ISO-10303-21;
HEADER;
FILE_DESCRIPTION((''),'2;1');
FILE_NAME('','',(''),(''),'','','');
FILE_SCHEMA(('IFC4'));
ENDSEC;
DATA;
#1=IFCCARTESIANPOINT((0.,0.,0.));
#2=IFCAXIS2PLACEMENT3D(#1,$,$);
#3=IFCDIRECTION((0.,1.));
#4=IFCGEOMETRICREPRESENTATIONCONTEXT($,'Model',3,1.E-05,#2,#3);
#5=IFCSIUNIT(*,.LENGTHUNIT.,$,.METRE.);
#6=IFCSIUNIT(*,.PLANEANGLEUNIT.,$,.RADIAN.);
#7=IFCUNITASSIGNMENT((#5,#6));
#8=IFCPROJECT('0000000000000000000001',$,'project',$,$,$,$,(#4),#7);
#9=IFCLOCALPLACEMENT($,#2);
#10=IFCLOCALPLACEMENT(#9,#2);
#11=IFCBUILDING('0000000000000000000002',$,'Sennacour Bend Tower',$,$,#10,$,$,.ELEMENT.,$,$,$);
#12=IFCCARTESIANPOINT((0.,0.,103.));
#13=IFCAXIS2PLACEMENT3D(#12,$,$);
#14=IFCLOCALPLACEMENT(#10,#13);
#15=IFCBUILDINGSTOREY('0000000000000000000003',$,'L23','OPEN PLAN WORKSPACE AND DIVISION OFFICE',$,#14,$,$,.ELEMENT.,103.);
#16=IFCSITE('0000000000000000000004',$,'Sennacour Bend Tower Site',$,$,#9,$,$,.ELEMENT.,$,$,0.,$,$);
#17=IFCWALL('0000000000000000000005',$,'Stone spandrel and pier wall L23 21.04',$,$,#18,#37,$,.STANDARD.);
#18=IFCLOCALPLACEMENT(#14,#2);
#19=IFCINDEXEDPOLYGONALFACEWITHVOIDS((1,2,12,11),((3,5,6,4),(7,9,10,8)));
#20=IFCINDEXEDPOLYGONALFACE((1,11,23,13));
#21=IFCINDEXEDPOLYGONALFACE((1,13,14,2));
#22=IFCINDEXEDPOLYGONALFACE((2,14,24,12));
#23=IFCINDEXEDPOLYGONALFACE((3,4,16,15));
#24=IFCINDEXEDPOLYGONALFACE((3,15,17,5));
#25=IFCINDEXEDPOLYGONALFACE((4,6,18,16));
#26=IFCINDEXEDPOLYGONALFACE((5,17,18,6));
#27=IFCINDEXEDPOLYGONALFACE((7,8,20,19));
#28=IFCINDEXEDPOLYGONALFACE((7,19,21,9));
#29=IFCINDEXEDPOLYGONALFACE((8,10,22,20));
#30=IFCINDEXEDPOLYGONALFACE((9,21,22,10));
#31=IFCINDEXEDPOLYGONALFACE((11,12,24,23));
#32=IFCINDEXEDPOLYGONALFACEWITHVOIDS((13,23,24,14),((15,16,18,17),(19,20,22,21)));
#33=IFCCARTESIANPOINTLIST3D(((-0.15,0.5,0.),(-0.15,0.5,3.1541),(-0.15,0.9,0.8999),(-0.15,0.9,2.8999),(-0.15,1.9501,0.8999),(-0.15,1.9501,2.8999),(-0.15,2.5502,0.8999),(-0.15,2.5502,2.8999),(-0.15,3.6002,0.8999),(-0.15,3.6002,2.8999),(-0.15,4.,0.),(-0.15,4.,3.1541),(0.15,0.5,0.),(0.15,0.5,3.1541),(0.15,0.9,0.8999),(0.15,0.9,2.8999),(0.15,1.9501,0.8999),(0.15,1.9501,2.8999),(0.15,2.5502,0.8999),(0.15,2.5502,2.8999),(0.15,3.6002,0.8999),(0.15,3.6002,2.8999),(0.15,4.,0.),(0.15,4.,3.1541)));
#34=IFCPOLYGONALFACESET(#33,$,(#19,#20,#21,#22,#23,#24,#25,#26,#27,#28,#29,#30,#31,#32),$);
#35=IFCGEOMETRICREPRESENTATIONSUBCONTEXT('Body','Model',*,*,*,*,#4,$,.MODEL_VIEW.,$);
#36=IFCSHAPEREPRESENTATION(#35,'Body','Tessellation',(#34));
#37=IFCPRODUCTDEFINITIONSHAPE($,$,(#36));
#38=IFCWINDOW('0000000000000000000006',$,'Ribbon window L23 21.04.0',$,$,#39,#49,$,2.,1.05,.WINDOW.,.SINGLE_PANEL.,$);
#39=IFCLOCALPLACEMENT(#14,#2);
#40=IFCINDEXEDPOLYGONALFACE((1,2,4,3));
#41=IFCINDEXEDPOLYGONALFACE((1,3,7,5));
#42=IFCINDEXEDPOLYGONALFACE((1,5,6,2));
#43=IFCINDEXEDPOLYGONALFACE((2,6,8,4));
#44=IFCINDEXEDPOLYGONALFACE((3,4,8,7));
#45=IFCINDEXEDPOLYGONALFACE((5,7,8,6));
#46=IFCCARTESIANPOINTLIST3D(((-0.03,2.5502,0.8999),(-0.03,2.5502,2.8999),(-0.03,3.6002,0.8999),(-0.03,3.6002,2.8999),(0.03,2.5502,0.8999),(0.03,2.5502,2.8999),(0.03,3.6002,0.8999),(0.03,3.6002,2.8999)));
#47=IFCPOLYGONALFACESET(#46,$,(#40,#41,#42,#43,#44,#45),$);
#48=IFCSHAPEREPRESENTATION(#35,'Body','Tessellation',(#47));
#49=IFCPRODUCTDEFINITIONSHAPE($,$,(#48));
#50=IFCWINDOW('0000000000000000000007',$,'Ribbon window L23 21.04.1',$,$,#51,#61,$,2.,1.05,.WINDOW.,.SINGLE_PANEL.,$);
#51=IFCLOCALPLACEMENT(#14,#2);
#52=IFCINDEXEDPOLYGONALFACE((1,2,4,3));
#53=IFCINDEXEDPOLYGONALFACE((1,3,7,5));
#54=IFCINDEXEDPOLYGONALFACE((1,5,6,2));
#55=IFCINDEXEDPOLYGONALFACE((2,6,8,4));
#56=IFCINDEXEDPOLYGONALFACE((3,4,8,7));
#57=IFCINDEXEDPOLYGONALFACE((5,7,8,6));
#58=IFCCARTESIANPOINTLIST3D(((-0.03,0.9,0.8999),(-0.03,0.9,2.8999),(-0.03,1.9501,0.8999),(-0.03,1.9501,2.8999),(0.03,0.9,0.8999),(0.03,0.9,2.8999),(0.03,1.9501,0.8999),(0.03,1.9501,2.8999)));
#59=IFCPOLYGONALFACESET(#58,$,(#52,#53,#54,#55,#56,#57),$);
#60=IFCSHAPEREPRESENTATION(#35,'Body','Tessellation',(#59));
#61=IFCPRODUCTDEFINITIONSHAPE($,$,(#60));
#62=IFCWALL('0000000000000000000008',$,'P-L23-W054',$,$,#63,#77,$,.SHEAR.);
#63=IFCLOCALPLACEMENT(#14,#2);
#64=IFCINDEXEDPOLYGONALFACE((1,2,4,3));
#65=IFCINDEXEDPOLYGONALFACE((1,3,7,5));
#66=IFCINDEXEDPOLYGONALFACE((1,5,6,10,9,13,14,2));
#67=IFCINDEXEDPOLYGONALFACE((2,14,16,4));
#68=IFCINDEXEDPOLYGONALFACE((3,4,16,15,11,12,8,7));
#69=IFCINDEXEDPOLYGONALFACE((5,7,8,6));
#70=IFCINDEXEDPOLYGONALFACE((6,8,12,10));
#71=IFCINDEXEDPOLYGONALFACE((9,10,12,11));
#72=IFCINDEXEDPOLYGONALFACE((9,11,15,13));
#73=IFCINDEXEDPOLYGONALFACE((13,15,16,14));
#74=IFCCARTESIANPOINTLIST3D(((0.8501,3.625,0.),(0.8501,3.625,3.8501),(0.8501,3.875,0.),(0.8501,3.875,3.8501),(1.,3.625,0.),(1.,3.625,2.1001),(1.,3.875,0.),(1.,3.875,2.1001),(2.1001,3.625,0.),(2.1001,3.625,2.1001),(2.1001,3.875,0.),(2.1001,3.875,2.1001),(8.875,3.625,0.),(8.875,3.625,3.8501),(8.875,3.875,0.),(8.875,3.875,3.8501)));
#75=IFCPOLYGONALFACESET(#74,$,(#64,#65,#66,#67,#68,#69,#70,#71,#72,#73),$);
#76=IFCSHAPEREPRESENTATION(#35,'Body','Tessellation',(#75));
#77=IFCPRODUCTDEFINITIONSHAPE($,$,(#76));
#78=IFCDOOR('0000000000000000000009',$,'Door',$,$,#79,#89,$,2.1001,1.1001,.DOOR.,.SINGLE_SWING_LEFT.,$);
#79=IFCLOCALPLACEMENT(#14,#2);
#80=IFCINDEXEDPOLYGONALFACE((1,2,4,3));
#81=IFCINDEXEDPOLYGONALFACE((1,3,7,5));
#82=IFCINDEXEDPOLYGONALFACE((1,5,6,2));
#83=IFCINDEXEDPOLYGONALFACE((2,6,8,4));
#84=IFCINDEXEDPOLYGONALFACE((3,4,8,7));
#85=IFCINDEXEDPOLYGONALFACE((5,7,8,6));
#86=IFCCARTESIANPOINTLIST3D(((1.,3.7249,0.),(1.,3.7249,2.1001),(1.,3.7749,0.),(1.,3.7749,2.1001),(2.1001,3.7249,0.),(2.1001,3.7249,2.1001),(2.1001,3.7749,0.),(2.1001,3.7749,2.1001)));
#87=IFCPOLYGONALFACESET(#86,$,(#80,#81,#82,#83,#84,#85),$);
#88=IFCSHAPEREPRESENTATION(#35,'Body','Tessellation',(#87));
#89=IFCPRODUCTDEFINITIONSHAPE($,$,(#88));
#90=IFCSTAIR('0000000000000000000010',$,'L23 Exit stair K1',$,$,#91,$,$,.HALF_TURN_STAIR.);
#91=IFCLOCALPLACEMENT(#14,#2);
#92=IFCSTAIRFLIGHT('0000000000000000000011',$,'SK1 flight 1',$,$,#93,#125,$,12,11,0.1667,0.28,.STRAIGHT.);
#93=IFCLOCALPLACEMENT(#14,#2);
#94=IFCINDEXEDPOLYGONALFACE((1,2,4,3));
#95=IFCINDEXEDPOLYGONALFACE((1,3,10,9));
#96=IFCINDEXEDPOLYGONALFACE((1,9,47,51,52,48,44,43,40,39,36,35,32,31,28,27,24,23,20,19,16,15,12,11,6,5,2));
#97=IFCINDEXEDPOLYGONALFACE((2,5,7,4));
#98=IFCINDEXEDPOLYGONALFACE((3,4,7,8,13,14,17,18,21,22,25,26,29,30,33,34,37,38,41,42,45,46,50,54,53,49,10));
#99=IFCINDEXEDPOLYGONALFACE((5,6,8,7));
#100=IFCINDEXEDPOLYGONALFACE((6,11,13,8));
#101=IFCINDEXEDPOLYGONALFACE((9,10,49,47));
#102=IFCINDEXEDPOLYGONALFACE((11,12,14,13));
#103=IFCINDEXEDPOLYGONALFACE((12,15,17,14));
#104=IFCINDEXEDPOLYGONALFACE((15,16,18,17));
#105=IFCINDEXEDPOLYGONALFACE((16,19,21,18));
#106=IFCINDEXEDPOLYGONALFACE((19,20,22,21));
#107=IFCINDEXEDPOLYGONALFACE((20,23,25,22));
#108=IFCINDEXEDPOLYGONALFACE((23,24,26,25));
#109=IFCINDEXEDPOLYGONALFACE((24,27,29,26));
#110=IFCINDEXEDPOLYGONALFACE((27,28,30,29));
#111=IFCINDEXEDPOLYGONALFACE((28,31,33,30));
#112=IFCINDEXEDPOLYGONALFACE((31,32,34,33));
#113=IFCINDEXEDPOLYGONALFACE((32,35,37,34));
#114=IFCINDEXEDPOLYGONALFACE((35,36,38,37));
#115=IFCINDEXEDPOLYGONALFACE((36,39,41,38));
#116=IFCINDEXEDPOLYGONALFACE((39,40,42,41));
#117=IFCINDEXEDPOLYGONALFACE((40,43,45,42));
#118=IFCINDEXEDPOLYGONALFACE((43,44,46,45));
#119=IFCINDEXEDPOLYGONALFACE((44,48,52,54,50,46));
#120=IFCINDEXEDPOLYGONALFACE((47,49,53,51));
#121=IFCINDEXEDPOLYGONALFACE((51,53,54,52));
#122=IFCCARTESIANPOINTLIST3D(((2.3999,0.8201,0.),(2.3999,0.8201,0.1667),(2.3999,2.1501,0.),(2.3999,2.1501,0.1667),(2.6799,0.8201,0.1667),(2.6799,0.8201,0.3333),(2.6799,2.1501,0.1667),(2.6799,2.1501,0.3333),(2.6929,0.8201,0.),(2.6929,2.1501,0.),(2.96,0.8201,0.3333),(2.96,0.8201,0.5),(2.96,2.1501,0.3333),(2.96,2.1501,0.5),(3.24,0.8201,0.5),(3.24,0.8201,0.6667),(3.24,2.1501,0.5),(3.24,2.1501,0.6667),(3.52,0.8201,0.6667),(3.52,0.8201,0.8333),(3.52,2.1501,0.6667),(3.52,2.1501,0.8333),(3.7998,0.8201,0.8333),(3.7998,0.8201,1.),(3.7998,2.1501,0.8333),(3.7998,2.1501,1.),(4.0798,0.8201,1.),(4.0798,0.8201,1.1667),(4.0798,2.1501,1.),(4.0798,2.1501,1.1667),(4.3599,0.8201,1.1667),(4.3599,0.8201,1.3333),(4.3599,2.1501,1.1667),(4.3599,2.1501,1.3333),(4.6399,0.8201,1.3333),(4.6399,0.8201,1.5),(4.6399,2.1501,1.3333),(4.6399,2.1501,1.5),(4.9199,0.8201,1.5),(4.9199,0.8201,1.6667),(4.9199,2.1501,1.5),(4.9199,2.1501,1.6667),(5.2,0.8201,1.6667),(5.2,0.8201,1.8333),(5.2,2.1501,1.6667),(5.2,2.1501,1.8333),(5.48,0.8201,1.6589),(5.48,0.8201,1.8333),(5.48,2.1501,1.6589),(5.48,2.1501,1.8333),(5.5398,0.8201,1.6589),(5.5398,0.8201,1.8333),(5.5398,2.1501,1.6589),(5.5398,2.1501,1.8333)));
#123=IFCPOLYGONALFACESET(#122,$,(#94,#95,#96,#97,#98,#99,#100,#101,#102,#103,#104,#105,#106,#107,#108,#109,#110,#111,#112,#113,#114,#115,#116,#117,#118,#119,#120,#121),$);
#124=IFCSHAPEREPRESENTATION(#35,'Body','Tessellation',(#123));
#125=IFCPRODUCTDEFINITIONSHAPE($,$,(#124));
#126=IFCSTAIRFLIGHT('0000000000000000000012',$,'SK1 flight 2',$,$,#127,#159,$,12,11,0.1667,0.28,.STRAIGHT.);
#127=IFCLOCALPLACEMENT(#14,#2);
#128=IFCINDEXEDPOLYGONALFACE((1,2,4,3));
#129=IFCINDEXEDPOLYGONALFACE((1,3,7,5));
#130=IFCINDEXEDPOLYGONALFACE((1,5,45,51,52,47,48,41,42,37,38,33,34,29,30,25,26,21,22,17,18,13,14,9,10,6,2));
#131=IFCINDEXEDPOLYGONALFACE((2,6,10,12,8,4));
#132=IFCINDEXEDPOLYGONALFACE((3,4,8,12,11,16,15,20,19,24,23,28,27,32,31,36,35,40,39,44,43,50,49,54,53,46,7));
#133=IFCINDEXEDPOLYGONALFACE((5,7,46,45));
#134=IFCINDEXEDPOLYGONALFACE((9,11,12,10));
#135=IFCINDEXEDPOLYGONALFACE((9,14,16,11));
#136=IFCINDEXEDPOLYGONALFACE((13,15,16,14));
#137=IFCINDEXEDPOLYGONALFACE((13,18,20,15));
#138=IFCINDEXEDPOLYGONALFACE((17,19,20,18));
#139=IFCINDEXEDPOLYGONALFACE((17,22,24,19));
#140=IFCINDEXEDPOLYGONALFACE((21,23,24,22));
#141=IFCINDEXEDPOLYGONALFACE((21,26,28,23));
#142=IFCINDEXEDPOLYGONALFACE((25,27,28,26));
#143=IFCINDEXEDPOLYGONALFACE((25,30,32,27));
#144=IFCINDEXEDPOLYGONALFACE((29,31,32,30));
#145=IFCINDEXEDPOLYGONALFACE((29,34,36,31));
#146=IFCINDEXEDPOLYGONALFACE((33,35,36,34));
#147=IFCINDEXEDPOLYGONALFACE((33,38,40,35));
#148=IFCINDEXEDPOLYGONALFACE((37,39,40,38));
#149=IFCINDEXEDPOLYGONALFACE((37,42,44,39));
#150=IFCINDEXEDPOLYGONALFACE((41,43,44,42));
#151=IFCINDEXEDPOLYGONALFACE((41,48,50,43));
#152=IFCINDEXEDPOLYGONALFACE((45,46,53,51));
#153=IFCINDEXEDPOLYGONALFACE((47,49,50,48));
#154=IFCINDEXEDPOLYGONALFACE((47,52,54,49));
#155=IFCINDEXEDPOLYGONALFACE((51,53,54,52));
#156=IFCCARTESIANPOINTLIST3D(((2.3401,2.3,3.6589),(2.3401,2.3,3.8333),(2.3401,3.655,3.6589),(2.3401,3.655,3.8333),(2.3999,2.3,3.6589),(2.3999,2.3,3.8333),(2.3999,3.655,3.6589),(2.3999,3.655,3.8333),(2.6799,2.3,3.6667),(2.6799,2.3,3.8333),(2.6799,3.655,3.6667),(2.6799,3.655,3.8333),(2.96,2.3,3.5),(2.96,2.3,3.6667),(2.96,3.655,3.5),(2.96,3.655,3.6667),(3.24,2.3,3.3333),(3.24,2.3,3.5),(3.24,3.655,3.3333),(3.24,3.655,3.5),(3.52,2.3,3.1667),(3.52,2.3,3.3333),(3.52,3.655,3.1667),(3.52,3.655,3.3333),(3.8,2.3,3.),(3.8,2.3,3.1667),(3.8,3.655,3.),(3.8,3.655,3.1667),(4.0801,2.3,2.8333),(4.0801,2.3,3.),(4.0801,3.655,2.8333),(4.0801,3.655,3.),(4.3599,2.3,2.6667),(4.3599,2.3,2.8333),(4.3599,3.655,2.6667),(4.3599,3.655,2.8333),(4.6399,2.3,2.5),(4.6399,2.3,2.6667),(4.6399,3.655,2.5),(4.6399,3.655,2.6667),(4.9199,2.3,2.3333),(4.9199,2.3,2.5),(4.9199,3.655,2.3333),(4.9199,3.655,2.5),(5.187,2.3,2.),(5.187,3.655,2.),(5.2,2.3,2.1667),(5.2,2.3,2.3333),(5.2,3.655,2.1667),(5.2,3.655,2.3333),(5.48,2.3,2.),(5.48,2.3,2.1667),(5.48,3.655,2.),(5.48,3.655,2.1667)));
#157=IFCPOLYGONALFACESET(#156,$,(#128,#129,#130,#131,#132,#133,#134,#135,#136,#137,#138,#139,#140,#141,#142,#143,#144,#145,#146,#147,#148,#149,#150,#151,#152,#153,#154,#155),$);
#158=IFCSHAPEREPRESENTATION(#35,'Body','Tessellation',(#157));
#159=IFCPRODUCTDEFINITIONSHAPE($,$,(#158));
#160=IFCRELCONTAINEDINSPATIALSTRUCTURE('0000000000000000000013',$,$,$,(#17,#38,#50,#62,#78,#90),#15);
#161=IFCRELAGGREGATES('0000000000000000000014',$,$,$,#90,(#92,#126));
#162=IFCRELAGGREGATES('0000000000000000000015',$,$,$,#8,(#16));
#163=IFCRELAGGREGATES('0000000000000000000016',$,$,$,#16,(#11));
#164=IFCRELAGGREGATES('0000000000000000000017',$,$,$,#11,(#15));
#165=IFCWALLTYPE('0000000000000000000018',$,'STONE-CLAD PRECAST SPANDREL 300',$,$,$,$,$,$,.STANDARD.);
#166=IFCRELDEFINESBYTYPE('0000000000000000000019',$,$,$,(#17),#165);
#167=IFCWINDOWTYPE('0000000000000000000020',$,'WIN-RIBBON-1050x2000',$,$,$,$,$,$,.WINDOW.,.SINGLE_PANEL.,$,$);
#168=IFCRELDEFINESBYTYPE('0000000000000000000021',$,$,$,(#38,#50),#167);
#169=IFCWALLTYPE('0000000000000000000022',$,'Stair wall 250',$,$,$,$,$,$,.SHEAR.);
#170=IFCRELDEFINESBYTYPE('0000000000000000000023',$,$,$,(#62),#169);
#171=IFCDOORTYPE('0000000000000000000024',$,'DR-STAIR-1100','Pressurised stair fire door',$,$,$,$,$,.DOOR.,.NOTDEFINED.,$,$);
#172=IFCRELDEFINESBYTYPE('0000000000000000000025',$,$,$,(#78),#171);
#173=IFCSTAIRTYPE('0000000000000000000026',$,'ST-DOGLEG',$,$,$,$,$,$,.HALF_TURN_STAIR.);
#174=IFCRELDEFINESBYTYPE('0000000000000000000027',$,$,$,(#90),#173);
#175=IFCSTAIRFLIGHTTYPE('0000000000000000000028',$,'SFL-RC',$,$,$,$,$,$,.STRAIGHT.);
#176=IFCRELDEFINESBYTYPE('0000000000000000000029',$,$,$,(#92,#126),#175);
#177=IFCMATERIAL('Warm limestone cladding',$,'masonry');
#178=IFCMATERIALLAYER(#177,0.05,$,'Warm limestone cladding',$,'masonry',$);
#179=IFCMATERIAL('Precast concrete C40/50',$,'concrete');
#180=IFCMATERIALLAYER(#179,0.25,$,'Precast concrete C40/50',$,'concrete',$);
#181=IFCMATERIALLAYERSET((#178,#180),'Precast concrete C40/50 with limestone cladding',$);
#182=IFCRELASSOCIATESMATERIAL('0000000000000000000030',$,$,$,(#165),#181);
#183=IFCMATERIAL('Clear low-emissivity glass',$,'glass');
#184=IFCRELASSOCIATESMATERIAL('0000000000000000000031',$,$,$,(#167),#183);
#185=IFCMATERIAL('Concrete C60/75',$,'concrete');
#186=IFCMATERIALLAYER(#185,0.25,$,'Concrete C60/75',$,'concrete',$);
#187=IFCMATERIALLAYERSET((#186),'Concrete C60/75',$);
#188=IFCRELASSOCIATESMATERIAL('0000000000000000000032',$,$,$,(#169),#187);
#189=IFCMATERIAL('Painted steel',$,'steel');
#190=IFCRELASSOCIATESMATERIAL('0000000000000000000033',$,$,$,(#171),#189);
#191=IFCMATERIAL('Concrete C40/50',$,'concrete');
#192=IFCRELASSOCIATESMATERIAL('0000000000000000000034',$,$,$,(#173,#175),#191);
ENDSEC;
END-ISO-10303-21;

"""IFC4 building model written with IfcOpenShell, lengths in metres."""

from ifc_helpers import new_model, si_unit, direction, frame, frame_2d, origin, place, context, subcontext, project, spatial, polyline, rectangle, outline, extrude, material, layer, layer_set, type_object, element, fill, aggregate, save


model = new_model("IFC4")

# Units and contexts
model_context = context("Model", 3, precision=1e-05, world=origin(), true_north=direction((0.0, 1.0)))
body_context = subcontext(model_context, "Body", "Model", "MODEL_VIEW")
ifc_project = project(units=[si_unit("LENGTHUNIT", "METRE"), si_unit("PLANEANGLEUNIT", "RADIAN")], contexts=[model_context])

# Site, building, storey
site_placement = place(None, origin())
site = spatial("IfcSite", under=ifc_project, at=site_placement, Name="Sennacour Bend Tower Site", CompositionType="ELEMENT", RefElevation=0.0)
building_placement = place(site_placement, origin())
building = spatial("IfcBuilding", under=site, at=building_placement, Name="Sennacour Bend Tower", CompositionType="ELEMENT")
storey_placement = place(building_placement, frame((0.0, 0.0, 103.0)))
storey = spatial("IfcBuildingStorey", under=building, at=storey_placement, Name="L23", Description="OPEN PLAN WORKSPACE AND DIVISION OFFICE", CompositionType="ELEMENT", Elevation=103.0)

# Shared definitions
ifc_material_1 = material(Name="Painted steel", Category="steel")

# Wall, openings, windows
ifc_material_2 = material(Name="Warm limestone cladding", Category="masonry")
ifc_layer_1 = layer(ifc_material_2, 0.05, Name="Warm limestone cladding", Category="masonry")
ifc_material_3 = material(Name="Precast concrete C40/50", Category="concrete")
ifc_layer_2 = layer(ifc_material_3, 0.25, Name="Precast concrete C40/50", Category="concrete")
ifc_layer_set_1 = layer_set([ifc_layer_1, ifc_layer_2], Name="Precast concrete C40/50 with limestone cladding")
wall_type_1 = type_object("IfcWallType", Name="STONE-CLAD PRECAST SPANDREL 300", PredefinedType="STANDARD", material=ifc_layer_set_1)
wall_1_placement = place(storey_placement, frame((0.0, 4.0, 0.0), z_axis=(0.0, 0.0, 1.0), x_axis=(0.0, -1.0, 0.0)))
wall_1 = element("IfcWall", 1, at=wall_1_placement, inside=storey, type_object=wall_type_1, Name="Stone spandrel and pier wall L23 21.04", PredefinedType="STANDARD", context=body_context, shape_type="SweptSolid", body=[
    extrude(rectangle(XDim=3.5, YDim=0.3, at=frame_2d((1.75, 0.0))), origin(), (0.0, 0.0, 1.0), 3.1541),
])
opening_1_placement = place(wall_1_placement, frame((0.3999, 0.0, 0.8999)))
opening_1 = element("IfcOpeningElement", 2, at=opening_1_placement, cuts=wall_1, PredefinedType="OPENING", context=body_context, shape_type="SweptSolid", body=[
    extrude(rectangle(XDim=1.05, YDim=2.0, at=frame_2d((0.5249, 1.0))), frame((0.0, 0.1602, 0.0), z_axis=(0.0, -1.0, 0.0), x_axis=(1.0, 0.0, 0.0)), (0.0, 0.0, 1.0), 0.3201),
])
opening_2_placement = place(wall_1_placement, frame((2.05, 0.0, 0.8999)))
opening_2 = element("IfcOpeningElement", 3, at=opening_2_placement, cuts=wall_1, PredefinedType="OPENING", context=body_context, shape_type="SweptSolid", body=[
    extrude(rectangle(XDim=1.05, YDim=2.0, at=frame_2d((0.5249, 1.0))), frame((0.0, 0.1602, 0.0), z_axis=(0.0, -1.0, 0.0), x_axis=(1.0, 0.0, 0.0)), (0.0, 0.0, 1.0), 0.3201),
])
ifc_material_4 = material(Name="Clear low-emissivity glass", Category="glass")
window_type = type_object("IfcWindowType", Name="WIN-RIBBON-1050x2000", PartitioningType="SINGLE_PANEL", PredefinedType="WINDOW", material=ifc_material_4)
window_1_placement = place(opening_1_placement, origin())
window_1 = element("IfcWindow", 4, at=window_1_placement, inside=storey, type_object=window_type, Name="Ribbon window L23 21.04.0", OverallHeight=2.0, OverallWidth=1.05, PartitioningType="SINGLE_PANEL", PredefinedType="WINDOW", context=body_context, shape_type="SweptSolid", body=[
    extrude(rectangle(XDim=1.05, YDim=2.0, at=frame_2d((0.5249, 1.0))), frame((0.0, 0.03, 0.0), z_axis=(0.0, -1.0, 0.0), x_axis=(1.0, 0.0, 0.0)), (0.0, 0.0, 1.0), 0.0601),
])
fill(opening_1, window_1)
window_2_placement = place(opening_2_placement, origin())
window_2 = element("IfcWindow", 5, at=window_2_placement, inside=storey, type_object=window_type, Name="Ribbon window L23 21.04.1", OverallHeight=2.0, OverallWidth=1.05, PartitioningType="SINGLE_PANEL", PredefinedType="WINDOW", context=body_context, shape_type="SweptSolid", body=[
    extrude(rectangle(XDim=1.05, YDim=2.0, at=frame_2d((0.5249, 1.0))), frame((0.0, 0.03, 0.0), z_axis=(0.0, -1.0, 0.0), x_axis=(1.0, 0.0, 0.0)), (0.0, 0.0, 1.0), 0.0601),
])
fill(opening_2, window_2)

# Wall, opening, door
ifc_material_5 = material(Name="Concrete C60/75", Category="concrete")
ifc_layer_3 = layer(ifc_material_5, 0.25, Name="Concrete C60/75", Category="concrete")
ifc_layer_set_2 = layer_set([ifc_layer_3], Name="Concrete C60/75")
wall_type_2 = type_object("IfcWallType", Name="Stair wall 250", PredefinedType="SHEAR", material=ifc_layer_set_2)
wall_2_placement = place(storey_placement, frame((0.8501, 3.75, 0.0), z_axis=(0.0, 0.0, 1.0), x_axis=(1.0, 0.0, 0.0)))
wall_2 = element("IfcWall", 6, at=wall_2_placement, inside=storey, type_object=wall_type_2, Name="P-L23-W054", PredefinedType="SHEAR", context=body_context, shape_type="SweptSolid", body=[
    extrude(rectangle(XDim=8.0249, YDim=0.25, at=frame_2d((4.0125, 0.0))), origin(), (0.0, 0.0, 1.0), 3.8501),
])
opening_3_placement = place(wall_2_placement, frame((0.1499, 0.0, 0.0)))
opening_3 = element("IfcOpeningElement", 7, at=opening_3_placement, cuts=wall_2, PredefinedType="OPENING", context=body_context, shape_type="SweptSolid", body=[
    extrude(rectangle(XDim=1.1001, YDim=2.1001, at=frame_2d((0.55, 1.05))), frame((0.0, 0.135, 0.0), z_axis=(0.0, -1.0, 0.0), x_axis=(1.0, 0.0, 0.0)), (0.0, 0.0, 1.0), 0.27),
])
door_type_1 = type_object("IfcDoorType", Name="DR-STAIR-1100", Description="Pressurised stair fire door", OperationType="NOTDEFINED", PredefinedType="DOOR", material=ifc_material_1)
door_1_placement = place(opening_3_placement, origin())
door_1 = element("IfcDoor", 8, at=door_1_placement, inside=storey, type_object=door_type_1, Name="Door", OperationType="SINGLE_SWING_LEFT", OverallHeight=2.1001, OverallWidth=1.1001, PredefinedType="DOOR", context=body_context, shape_type="SweptSolid", body=[
    extrude(rectangle(XDim=1.1001, YDim=2.1001, at=frame_2d((0.55, 1.05))), frame((0.0, 0.0249, 0.0), z_axis=(0.0, -1.0, 0.0), x_axis=(1.0, 0.0, 0.0)), (0.0, 0.0, 1.0), 0.05),
])
fill(opening_3, door_1)

# Stair, stair flights
ifc_material_6 = material(Name="Concrete C40/50", Category="concrete")
stair_type = type_object("IfcStairType", Name="ST-DOGLEG", PredefinedType="HALF_TURN_STAIR", material=ifc_material_6)
stair_placement = place(storey_placement, origin())
stair = element("IfcStair", 9, at=stair_placement, inside=storey, type_object=stair_type, Name="L23 Exit stair K1", PredefinedType="HALF_TURN_STAIR")
stair_flight_type = type_object("IfcStairFlightType", Name="SFL-RC", PredefinedType="STRAIGHT", material=ifc_material_6)
stair_flight_1_placement = place(storey_placement, frame((2.3999, 1.4851, 0.0), z_axis=(0.0, 0.0, 1.0), x_axis=(1.0, 0.0, 0.0)))
stair_flight_1 = element("IfcStairFlight", 10, at=stair_flight_1_placement, type_object=stair_flight_type, Name="SK1 flight 1", NumberOfRisers=12, NumberOfTreads=11, PredefinedType="STRAIGHT", RiserHeight=0.1667, TreadLength=0.28, context=body_context, shape_type="SweptSolid", body=[
    extrude(outline(polyline([(0.0, 0.0), (0.0, 0.1667), (0.28, 0.1667), (0.28, 0.3333), (0.5601, 0.3333), (0.5601, 0.5), (0.8401, 0.5), (0.8401, 0.6667), (1.1201, 0.6667), (1.1201, 0.8333), (1.3999, 0.8333), (1.3999, 1.0), (1.6799, 1.0), (1.6799, 1.1667), (1.96, 1.1667), (1.96, 1.3333), (2.24, 1.3333), (2.24, 1.5), (2.52, 1.5), (2.52, 1.6667), (2.8, 1.6667), (2.8, 1.8333), (3.0801, 1.8333), (3.1399, 1.8333), (3.1399, 1.6589), (3.0801, 1.6589), (0.293, 0.0), (0.0, 0.0)])), frame((0.0, 0.665, 0.0), z_axis=(0.0, -1.0, 0.0), x_axis=(1.0, 0.0, 0.0)), (0.0, 0.0, 1.0), 1.3301),
])
stair_flight_2_placement = place(storey_placement, frame((5.48, 2.9775, 2.0), z_axis=(0.0, 0.0, 1.0), x_axis=(-1.0, 0.0, 0.0)))
stair_flight_2 = element("IfcStairFlight", 11, at=stair_flight_2_placement, type_object=stair_flight_type, Name="SK1 flight 2", NumberOfRisers=12, NumberOfTreads=11, PredefinedType="STRAIGHT", RiserHeight=0.1667, TreadLength=0.28, context=body_context, shape_type="SweptSolid", body=[
    extrude(outline(polyline([(0.0, 0.0), (0.0, 0.1667), (0.28, 0.1667), (0.28, 0.3333), (0.5601, 0.3333), (0.5601, 0.5), (0.8401, 0.5), (0.8401, 0.6667), (1.1201, 0.6667), (1.1201, 0.8333), (1.3999, 0.8333), (1.3999, 1.0), (1.6799, 1.0), (1.6799, 1.1667), (1.96, 1.1667), (1.96, 1.3333), (2.24, 1.3333), (2.24, 1.5), (2.52, 1.5), (2.52, 1.6667), (2.8, 1.6667), (2.8, 1.8333), (3.0801, 1.8333), (3.1399, 1.8333), (3.1399, 1.6589), (3.0801, 1.6589), (0.293, 0.0), (0.0, 0.0)])), frame((0.0, 0.6775, 0.0), z_axis=(0.0, -1.0, 0.0), x_axis=(1.0, 0.0, 0.0)), (0.0, 0.0, 1.0), 1.355),
])
aggregate(stair, [stair_flight_1, stair_flight_2])

save(model, "model.ifc")
